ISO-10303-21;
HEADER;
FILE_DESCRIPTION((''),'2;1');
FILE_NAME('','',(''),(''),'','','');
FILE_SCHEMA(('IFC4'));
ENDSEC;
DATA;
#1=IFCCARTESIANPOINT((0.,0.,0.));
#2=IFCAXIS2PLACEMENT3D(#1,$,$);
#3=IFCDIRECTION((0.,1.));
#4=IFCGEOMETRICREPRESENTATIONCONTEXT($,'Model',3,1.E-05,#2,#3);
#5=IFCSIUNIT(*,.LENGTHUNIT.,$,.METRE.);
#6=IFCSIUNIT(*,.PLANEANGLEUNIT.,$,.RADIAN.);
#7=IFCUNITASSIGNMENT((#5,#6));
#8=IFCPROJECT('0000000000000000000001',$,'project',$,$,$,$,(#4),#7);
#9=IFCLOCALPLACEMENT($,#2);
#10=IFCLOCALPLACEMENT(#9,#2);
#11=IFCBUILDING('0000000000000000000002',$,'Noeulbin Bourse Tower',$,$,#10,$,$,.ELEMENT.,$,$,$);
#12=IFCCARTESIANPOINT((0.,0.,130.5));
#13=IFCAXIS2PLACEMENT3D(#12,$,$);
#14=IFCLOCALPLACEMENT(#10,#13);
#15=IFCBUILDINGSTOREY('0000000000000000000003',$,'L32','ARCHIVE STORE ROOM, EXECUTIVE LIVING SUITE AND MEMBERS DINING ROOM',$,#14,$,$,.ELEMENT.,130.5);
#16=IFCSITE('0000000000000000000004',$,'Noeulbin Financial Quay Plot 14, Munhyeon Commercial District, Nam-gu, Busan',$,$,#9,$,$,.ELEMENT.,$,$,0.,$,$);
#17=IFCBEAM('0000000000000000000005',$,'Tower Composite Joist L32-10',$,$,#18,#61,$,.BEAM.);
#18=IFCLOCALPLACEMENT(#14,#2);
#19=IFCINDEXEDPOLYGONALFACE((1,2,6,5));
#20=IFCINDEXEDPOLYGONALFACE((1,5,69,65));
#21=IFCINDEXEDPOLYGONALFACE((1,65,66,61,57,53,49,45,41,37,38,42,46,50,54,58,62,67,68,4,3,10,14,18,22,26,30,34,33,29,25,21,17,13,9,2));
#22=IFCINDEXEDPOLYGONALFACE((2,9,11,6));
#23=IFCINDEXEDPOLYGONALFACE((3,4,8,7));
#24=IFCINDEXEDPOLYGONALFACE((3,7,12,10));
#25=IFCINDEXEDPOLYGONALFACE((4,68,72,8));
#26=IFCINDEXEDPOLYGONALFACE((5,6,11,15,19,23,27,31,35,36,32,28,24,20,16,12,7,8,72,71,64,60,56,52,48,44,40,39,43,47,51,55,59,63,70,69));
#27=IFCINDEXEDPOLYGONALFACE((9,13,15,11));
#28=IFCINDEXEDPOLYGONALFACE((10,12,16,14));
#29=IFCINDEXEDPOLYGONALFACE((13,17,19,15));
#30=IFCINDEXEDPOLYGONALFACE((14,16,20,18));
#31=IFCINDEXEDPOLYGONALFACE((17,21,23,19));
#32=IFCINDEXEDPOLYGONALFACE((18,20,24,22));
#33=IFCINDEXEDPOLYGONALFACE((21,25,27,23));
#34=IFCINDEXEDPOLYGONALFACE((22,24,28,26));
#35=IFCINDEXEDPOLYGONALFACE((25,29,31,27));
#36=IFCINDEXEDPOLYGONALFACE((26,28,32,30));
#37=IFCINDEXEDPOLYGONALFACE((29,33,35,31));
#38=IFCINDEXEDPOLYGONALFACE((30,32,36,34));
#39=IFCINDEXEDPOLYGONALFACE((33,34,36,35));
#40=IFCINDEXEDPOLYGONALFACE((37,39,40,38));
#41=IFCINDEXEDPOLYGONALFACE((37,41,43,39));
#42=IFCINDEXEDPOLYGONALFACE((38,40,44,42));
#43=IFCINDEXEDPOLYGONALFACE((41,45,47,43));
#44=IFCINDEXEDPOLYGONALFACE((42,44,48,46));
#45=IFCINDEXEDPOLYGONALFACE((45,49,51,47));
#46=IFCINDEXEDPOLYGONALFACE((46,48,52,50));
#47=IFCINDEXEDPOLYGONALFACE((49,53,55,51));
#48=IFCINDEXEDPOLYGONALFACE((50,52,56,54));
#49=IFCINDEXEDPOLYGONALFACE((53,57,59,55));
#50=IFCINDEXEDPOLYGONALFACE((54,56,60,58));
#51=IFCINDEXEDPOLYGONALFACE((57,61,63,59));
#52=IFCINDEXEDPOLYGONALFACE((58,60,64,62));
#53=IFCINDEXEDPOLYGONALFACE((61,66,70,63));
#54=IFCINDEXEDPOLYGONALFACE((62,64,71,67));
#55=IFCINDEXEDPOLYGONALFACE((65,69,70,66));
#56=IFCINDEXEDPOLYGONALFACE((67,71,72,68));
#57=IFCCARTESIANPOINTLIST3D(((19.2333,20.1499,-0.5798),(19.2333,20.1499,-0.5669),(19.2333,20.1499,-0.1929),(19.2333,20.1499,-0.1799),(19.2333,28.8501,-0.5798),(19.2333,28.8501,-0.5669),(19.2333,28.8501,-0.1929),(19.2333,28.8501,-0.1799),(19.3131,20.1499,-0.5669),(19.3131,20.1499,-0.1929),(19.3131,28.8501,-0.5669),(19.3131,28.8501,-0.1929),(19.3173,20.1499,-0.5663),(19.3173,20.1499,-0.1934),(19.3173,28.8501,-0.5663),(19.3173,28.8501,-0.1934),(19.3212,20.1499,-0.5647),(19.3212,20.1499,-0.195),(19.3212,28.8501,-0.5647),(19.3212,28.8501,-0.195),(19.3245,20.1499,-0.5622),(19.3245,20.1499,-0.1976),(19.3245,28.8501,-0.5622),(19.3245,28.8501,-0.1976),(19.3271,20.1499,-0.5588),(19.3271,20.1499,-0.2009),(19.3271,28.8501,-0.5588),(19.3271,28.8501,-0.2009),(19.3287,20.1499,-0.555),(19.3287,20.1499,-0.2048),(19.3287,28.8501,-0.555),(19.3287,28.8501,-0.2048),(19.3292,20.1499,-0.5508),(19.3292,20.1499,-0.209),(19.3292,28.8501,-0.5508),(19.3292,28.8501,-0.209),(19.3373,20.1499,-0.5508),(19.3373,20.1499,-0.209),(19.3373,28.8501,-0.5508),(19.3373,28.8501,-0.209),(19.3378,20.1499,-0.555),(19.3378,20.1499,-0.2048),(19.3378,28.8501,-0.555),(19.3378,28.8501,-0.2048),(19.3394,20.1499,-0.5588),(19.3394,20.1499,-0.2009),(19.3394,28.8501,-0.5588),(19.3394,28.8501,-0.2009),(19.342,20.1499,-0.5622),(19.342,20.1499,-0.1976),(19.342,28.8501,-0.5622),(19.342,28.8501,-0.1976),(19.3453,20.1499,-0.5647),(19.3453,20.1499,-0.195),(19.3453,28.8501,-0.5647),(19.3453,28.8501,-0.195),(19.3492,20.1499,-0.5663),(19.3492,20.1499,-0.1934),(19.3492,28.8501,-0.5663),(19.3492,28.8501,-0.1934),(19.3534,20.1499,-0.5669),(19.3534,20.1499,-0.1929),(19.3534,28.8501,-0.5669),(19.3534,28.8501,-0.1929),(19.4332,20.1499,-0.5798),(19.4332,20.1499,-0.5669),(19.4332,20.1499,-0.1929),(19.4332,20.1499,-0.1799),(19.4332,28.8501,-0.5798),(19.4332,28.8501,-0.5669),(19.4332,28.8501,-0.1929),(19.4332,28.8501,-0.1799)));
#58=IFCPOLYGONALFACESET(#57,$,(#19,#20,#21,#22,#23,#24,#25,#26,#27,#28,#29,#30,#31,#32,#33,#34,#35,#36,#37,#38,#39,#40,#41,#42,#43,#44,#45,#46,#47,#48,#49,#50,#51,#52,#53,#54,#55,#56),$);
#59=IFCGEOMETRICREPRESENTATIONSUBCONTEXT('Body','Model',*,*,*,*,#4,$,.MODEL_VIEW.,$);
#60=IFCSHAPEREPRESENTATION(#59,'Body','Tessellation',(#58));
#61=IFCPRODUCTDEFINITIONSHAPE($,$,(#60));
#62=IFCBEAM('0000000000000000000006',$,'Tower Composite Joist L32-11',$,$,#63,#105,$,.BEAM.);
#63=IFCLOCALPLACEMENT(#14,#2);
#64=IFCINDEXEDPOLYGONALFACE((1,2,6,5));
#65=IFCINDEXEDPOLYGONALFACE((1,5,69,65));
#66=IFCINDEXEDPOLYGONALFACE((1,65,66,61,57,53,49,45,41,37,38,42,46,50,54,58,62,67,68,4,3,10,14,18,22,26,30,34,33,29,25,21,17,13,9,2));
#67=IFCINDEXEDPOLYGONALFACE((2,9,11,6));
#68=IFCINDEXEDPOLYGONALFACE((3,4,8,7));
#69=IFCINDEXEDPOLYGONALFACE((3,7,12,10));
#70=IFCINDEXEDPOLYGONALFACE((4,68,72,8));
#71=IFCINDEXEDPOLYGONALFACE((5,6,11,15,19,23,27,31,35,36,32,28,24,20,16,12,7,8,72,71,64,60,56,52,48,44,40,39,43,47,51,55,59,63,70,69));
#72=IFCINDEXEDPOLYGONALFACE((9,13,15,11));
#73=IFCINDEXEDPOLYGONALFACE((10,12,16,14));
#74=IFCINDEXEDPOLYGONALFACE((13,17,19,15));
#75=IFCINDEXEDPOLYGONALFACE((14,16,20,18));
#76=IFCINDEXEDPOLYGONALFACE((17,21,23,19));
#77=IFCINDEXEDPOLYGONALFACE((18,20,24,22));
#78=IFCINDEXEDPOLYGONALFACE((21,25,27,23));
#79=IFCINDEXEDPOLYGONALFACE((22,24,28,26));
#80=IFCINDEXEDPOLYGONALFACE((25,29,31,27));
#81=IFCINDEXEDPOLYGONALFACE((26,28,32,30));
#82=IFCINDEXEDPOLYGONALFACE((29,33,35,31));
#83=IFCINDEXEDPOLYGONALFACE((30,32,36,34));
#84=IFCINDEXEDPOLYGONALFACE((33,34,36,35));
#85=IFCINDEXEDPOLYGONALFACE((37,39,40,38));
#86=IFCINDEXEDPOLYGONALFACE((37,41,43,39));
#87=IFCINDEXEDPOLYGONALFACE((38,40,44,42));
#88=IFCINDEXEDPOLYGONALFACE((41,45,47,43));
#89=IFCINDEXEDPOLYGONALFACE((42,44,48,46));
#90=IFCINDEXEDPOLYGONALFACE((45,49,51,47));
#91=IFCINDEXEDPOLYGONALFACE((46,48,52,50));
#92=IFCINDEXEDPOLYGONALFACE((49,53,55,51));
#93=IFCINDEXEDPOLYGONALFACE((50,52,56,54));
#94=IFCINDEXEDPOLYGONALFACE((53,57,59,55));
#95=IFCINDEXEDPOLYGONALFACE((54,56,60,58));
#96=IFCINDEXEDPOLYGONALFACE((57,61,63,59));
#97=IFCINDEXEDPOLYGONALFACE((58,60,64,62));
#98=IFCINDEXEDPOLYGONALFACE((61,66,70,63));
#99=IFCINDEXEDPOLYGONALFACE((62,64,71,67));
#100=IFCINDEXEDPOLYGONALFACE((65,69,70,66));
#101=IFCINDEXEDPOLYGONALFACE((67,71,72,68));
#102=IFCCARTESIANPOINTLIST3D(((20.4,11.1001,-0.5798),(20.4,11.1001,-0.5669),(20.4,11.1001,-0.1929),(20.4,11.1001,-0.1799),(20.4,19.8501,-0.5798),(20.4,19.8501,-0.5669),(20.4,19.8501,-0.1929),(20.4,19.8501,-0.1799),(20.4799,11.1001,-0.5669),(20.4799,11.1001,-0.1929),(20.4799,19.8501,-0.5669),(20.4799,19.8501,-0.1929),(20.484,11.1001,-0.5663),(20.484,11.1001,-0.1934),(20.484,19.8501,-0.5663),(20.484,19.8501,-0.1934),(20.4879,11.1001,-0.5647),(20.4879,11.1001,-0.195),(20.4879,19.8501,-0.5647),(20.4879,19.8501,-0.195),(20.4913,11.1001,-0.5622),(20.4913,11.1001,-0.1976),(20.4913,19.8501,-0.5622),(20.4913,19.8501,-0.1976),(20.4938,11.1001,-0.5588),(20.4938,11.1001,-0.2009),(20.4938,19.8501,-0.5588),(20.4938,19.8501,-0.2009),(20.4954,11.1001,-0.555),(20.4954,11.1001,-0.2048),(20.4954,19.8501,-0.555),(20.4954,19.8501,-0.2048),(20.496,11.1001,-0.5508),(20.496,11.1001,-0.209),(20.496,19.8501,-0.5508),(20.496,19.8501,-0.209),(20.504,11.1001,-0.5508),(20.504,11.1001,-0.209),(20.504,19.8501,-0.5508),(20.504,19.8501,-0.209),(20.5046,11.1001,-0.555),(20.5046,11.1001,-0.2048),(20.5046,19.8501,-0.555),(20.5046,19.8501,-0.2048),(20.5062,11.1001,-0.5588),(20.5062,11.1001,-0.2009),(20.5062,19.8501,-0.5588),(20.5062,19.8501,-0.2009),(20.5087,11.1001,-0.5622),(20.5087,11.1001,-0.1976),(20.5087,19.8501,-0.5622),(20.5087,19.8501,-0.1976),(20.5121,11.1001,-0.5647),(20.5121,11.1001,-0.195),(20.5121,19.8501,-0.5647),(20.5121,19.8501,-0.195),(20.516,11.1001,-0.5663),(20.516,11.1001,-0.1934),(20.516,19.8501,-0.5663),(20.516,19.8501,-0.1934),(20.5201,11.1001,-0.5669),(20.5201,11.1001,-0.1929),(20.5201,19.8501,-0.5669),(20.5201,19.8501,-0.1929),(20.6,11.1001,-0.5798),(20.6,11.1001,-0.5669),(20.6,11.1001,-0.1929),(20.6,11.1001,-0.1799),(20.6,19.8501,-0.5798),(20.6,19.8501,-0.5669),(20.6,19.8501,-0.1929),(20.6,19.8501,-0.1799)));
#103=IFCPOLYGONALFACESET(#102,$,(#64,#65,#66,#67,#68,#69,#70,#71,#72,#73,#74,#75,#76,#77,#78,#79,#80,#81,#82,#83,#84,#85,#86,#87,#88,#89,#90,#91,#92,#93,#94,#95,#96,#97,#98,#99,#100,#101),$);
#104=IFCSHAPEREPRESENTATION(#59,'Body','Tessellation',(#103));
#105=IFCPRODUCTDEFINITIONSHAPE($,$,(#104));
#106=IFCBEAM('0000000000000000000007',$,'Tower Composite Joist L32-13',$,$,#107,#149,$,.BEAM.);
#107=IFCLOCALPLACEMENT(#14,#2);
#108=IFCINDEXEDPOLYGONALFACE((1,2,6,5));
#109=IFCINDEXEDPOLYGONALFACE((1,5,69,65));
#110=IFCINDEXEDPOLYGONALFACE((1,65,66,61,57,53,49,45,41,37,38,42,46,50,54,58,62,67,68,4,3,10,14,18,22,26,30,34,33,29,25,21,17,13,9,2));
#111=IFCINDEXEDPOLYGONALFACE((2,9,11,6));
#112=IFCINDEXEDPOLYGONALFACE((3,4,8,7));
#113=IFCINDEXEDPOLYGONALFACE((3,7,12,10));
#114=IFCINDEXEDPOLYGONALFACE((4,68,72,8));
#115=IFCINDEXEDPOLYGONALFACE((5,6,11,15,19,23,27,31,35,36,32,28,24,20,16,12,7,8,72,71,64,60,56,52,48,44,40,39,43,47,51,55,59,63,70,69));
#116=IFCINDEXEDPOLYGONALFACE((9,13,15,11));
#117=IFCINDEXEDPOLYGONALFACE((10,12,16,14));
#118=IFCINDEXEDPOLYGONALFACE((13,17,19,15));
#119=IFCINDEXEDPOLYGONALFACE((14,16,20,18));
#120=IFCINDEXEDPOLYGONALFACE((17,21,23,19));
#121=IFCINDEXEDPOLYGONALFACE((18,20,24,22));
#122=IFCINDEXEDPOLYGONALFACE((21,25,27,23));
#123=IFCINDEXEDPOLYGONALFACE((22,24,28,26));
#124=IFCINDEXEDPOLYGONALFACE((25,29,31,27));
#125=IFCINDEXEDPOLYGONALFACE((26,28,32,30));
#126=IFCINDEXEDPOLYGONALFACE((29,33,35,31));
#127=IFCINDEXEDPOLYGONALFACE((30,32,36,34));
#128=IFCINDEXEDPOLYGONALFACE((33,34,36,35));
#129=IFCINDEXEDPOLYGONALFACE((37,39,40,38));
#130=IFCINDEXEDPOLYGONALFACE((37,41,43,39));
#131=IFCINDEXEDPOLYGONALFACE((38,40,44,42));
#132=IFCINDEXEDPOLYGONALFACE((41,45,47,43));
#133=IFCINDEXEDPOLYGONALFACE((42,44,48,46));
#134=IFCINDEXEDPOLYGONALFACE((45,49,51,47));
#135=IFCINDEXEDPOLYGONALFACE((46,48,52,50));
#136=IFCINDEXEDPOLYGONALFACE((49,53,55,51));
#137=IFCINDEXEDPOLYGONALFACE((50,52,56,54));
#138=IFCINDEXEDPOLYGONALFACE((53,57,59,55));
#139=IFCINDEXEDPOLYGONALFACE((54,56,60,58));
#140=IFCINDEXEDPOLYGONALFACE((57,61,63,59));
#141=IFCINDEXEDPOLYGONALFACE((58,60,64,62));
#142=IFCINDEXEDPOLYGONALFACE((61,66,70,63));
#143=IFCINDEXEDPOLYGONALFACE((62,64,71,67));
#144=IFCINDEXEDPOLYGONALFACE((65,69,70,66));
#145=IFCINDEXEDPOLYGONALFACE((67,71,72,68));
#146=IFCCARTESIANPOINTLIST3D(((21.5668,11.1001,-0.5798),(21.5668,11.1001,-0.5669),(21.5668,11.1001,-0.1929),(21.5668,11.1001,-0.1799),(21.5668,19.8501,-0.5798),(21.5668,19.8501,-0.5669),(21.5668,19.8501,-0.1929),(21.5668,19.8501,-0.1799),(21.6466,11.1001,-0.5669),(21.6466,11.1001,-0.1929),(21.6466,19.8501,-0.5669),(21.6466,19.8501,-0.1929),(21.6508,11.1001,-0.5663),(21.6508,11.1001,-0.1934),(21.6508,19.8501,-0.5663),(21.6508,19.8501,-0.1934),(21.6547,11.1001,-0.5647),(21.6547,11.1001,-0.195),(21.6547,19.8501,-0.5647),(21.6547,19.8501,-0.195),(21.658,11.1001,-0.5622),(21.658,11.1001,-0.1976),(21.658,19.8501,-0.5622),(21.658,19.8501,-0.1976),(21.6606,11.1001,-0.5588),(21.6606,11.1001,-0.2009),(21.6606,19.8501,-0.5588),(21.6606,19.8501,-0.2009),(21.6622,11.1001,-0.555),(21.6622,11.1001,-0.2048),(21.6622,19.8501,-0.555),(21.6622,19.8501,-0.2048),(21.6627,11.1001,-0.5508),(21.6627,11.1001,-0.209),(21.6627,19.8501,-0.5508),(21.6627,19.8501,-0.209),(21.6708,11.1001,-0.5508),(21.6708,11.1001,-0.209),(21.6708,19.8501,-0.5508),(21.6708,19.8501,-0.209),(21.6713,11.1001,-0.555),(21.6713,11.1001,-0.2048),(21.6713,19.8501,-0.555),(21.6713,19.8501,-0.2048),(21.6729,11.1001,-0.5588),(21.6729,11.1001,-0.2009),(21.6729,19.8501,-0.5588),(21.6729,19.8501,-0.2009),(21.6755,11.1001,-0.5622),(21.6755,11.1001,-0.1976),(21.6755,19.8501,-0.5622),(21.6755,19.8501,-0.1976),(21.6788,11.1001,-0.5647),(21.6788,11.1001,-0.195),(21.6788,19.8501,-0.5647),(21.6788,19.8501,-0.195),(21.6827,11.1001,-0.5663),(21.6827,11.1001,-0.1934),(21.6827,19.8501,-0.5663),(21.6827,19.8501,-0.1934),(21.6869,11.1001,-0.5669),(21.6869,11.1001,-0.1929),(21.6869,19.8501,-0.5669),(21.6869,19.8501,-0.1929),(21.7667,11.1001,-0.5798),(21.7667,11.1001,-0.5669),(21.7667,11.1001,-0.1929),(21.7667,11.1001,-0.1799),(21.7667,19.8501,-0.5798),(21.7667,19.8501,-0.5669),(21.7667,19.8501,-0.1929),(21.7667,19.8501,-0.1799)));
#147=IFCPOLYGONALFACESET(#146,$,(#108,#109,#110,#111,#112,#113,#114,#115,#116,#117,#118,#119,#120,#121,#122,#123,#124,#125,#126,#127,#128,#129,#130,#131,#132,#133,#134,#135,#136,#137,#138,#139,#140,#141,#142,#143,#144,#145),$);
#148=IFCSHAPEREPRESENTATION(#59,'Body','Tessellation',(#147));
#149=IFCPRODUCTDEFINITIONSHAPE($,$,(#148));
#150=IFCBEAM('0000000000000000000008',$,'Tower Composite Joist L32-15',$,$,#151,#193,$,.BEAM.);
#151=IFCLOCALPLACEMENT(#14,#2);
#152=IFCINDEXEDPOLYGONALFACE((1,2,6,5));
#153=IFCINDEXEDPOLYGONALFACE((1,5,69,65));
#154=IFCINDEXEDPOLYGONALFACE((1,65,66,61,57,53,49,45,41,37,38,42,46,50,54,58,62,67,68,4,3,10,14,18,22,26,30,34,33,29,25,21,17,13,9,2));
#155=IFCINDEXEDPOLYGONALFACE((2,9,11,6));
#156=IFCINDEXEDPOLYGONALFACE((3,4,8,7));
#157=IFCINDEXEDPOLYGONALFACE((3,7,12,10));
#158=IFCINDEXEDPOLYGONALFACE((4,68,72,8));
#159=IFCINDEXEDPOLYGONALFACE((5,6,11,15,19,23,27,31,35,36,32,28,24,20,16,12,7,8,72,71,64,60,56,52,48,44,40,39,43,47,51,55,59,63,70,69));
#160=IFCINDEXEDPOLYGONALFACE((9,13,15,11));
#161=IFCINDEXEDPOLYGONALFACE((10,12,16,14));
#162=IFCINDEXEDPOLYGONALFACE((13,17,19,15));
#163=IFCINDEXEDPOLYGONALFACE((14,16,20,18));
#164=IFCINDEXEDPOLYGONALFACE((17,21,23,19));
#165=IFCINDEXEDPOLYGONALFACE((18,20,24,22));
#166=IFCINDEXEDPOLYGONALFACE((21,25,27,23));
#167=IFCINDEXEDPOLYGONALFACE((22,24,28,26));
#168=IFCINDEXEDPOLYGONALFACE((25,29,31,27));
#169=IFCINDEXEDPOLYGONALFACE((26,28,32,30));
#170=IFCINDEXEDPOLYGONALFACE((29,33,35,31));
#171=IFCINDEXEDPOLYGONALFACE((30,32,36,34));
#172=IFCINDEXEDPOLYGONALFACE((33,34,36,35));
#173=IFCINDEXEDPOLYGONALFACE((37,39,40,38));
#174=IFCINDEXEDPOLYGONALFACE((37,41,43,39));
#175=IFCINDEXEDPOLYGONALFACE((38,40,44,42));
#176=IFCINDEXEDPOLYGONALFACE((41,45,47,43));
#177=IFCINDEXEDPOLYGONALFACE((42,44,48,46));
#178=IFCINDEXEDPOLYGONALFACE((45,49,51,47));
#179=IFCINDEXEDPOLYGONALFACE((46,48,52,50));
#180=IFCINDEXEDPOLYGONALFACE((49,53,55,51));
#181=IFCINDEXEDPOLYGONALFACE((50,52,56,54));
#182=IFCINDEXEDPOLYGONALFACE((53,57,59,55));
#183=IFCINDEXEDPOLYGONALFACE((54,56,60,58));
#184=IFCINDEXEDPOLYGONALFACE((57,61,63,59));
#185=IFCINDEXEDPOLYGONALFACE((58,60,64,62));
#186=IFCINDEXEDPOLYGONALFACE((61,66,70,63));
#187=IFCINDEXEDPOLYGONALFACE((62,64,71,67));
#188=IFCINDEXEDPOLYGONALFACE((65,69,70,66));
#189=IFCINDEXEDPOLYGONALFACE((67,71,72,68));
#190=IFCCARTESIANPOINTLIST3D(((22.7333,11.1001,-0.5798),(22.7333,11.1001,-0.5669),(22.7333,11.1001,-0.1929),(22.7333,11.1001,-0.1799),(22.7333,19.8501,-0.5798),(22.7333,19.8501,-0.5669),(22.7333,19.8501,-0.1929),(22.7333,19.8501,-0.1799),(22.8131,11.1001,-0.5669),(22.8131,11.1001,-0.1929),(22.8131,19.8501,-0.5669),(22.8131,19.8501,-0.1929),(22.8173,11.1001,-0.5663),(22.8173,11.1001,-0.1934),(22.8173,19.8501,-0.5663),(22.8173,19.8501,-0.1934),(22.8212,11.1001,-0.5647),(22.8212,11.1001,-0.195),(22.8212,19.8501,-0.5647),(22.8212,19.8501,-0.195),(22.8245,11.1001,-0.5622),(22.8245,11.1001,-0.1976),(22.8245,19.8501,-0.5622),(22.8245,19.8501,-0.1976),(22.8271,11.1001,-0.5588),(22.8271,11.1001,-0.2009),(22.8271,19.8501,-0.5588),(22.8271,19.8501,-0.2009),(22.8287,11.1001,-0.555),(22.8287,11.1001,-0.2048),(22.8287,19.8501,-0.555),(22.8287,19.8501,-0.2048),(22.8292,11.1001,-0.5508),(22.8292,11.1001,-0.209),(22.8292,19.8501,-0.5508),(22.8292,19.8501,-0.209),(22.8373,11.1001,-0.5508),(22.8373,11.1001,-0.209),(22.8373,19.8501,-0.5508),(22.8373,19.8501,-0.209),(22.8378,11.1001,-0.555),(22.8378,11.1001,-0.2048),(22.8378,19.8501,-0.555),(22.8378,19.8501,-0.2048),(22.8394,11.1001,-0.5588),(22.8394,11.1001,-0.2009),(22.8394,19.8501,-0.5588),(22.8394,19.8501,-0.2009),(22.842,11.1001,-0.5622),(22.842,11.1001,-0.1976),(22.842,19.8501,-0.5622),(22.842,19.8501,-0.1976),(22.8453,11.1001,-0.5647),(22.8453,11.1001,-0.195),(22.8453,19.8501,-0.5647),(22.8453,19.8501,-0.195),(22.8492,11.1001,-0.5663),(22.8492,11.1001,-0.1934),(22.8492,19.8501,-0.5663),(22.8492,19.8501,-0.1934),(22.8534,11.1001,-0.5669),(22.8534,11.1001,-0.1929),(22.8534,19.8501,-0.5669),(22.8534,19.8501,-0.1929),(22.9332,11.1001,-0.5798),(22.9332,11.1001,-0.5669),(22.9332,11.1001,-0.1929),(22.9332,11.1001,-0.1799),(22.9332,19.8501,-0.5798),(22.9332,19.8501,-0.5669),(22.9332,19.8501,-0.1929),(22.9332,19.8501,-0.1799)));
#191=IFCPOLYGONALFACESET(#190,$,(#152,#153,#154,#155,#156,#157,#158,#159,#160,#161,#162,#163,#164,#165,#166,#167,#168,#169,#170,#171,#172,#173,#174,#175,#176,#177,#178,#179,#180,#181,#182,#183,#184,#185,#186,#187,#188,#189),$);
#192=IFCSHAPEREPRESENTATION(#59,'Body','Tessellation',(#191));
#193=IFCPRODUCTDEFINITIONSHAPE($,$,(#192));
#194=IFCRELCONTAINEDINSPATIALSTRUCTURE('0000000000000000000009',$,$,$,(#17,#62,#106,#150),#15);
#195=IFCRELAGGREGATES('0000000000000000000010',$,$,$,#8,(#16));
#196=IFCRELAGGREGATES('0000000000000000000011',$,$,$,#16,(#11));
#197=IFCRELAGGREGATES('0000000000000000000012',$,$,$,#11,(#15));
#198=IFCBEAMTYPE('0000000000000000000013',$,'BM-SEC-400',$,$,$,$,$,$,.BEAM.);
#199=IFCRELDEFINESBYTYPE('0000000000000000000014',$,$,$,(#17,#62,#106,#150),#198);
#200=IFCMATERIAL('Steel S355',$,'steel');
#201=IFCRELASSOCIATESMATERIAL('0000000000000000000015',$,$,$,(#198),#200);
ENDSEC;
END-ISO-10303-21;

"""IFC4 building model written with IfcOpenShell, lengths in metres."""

from ifc_helpers import new_model, si_unit, direction, frame, origin, origin_2d, place, context, subcontext, project, spatial, i_section, extrude, material, material_profile, profile_set, type_object, element, save


model = new_model("IFC4")

# Units and contexts
model_context = context("Model", 3, precision=1e-05, world=origin(), true_north=direction((0.0, 1.0)))
body_context = subcontext(model_context, "Body", "Model", "MODEL_VIEW")
ifc_project = project(units=[si_unit("LENGTHUNIT", "METRE"), si_unit("PLANEANGLEUNIT", "RADIAN")], contexts=[model_context])

# Site, building, storey
site_placement = place(None, origin())
site = spatial("IfcSite", under=ifc_project, at=site_placement, Name="Noeulbin Financial Quay Plot 14, Munhyeon Commercial District, Nam-gu, Busan", CompositionType="ELEMENT", RefElevation=0.0)
building_placement = place(site_placement, origin())
building = spatial("IfcBuilding", under=site, at=building_placement, Name="Noeulbin Bourse Tower", CompositionType="ELEMENT")
storey_placement = place(building_placement, frame((0.0, 0.0, 130.5)))
storey = spatial("IfcBuildingStorey", under=building, at=storey_placement, Name="L32", Description="ARCHIVE STORE ROOM, EXECUTIVE LIVING SUITE AND MEMBERS DINING ROOM", CompositionType="ELEMENT", Elevation=130.5)

# Beams
ifc_material_1 = material(Name="Steel S355", Category="steel")
ifc_material_profile_1 = material_profile(ifc_material_1, i_section(OverallWidth=0.2, OverallDepth=0.3999, WebThickness=0.0081, FlangeThickness=0.0129, FilletRadius=0.0161, at=origin_2d()), Name="H-400x200x8x13", Category="LoadBearing")
ifc_profile_set_1 = profile_set([ifc_material_profile_1], Name="Steel S355")
beam_type_1 = type_object("IfcBeamType", Name="BM-SEC-400", PredefinedType="BEAM", material=ifc_profile_set_1)
beam_1_placement = place(storey_placement, frame((19.3333, 20.1499, -0.3799), z_axis=(0.0, 1.0, 0.0), x_axis=(-1.0, 0.0, 0.0)))
element("IfcBeam", 1, at=beam_1_placement, inside=storey, type_object=beam_type_1, Name="Tower Composite Joist L32-10", PredefinedType="BEAM", context=body_context, shape_type="SweptSolid", body=[
    extrude(i_section(OverallWidth=0.2, OverallDepth=0.3999, WebThickness=0.0081, FlangeThickness=0.0129, FilletRadius=0.0161, at=origin_2d()), origin(), (0.0, 0.0, 1.0), 8.7002),
])
for number, where, z_axis, x_axis, name in (
    (2, (20.5, 11.1001, -0.3799), (0.0, 1.0, 0.0), (-1.0, 0.0, 0.0), "Tower Composite Joist L32-11"),
    (3, (21.6667, 11.1001, -0.3799), (0.0, 1.0, 0.0), (-1.0, 0.0, 0.0), "Tower Composite Joist L32-13"),
    (4, (22.8333, 11.1001, -0.3799), (0.0, 1.0, 0.0), (-1.0, 0.0, 0.0), "Tower Composite Joist L32-15"),
):
    element("IfcBeam", number, at=place(storey_placement, frame(where, z_axis=z_axis, x_axis=x_axis)), inside=storey, type_object=beam_type_1, Name=name, PredefinedType="BEAM", context=body_context, shape_type="SweptSolid", body=[
        extrude(i_section(OverallWidth=0.2, OverallDepth=0.3999, WebThickness=0.0081, FlangeThickness=0.0129, FilletRadius=0.0161, at=origin_2d()), origin(), (0.0, 0.0, 1.0), 8.75),
    ])

save(model, "model.ifc")
